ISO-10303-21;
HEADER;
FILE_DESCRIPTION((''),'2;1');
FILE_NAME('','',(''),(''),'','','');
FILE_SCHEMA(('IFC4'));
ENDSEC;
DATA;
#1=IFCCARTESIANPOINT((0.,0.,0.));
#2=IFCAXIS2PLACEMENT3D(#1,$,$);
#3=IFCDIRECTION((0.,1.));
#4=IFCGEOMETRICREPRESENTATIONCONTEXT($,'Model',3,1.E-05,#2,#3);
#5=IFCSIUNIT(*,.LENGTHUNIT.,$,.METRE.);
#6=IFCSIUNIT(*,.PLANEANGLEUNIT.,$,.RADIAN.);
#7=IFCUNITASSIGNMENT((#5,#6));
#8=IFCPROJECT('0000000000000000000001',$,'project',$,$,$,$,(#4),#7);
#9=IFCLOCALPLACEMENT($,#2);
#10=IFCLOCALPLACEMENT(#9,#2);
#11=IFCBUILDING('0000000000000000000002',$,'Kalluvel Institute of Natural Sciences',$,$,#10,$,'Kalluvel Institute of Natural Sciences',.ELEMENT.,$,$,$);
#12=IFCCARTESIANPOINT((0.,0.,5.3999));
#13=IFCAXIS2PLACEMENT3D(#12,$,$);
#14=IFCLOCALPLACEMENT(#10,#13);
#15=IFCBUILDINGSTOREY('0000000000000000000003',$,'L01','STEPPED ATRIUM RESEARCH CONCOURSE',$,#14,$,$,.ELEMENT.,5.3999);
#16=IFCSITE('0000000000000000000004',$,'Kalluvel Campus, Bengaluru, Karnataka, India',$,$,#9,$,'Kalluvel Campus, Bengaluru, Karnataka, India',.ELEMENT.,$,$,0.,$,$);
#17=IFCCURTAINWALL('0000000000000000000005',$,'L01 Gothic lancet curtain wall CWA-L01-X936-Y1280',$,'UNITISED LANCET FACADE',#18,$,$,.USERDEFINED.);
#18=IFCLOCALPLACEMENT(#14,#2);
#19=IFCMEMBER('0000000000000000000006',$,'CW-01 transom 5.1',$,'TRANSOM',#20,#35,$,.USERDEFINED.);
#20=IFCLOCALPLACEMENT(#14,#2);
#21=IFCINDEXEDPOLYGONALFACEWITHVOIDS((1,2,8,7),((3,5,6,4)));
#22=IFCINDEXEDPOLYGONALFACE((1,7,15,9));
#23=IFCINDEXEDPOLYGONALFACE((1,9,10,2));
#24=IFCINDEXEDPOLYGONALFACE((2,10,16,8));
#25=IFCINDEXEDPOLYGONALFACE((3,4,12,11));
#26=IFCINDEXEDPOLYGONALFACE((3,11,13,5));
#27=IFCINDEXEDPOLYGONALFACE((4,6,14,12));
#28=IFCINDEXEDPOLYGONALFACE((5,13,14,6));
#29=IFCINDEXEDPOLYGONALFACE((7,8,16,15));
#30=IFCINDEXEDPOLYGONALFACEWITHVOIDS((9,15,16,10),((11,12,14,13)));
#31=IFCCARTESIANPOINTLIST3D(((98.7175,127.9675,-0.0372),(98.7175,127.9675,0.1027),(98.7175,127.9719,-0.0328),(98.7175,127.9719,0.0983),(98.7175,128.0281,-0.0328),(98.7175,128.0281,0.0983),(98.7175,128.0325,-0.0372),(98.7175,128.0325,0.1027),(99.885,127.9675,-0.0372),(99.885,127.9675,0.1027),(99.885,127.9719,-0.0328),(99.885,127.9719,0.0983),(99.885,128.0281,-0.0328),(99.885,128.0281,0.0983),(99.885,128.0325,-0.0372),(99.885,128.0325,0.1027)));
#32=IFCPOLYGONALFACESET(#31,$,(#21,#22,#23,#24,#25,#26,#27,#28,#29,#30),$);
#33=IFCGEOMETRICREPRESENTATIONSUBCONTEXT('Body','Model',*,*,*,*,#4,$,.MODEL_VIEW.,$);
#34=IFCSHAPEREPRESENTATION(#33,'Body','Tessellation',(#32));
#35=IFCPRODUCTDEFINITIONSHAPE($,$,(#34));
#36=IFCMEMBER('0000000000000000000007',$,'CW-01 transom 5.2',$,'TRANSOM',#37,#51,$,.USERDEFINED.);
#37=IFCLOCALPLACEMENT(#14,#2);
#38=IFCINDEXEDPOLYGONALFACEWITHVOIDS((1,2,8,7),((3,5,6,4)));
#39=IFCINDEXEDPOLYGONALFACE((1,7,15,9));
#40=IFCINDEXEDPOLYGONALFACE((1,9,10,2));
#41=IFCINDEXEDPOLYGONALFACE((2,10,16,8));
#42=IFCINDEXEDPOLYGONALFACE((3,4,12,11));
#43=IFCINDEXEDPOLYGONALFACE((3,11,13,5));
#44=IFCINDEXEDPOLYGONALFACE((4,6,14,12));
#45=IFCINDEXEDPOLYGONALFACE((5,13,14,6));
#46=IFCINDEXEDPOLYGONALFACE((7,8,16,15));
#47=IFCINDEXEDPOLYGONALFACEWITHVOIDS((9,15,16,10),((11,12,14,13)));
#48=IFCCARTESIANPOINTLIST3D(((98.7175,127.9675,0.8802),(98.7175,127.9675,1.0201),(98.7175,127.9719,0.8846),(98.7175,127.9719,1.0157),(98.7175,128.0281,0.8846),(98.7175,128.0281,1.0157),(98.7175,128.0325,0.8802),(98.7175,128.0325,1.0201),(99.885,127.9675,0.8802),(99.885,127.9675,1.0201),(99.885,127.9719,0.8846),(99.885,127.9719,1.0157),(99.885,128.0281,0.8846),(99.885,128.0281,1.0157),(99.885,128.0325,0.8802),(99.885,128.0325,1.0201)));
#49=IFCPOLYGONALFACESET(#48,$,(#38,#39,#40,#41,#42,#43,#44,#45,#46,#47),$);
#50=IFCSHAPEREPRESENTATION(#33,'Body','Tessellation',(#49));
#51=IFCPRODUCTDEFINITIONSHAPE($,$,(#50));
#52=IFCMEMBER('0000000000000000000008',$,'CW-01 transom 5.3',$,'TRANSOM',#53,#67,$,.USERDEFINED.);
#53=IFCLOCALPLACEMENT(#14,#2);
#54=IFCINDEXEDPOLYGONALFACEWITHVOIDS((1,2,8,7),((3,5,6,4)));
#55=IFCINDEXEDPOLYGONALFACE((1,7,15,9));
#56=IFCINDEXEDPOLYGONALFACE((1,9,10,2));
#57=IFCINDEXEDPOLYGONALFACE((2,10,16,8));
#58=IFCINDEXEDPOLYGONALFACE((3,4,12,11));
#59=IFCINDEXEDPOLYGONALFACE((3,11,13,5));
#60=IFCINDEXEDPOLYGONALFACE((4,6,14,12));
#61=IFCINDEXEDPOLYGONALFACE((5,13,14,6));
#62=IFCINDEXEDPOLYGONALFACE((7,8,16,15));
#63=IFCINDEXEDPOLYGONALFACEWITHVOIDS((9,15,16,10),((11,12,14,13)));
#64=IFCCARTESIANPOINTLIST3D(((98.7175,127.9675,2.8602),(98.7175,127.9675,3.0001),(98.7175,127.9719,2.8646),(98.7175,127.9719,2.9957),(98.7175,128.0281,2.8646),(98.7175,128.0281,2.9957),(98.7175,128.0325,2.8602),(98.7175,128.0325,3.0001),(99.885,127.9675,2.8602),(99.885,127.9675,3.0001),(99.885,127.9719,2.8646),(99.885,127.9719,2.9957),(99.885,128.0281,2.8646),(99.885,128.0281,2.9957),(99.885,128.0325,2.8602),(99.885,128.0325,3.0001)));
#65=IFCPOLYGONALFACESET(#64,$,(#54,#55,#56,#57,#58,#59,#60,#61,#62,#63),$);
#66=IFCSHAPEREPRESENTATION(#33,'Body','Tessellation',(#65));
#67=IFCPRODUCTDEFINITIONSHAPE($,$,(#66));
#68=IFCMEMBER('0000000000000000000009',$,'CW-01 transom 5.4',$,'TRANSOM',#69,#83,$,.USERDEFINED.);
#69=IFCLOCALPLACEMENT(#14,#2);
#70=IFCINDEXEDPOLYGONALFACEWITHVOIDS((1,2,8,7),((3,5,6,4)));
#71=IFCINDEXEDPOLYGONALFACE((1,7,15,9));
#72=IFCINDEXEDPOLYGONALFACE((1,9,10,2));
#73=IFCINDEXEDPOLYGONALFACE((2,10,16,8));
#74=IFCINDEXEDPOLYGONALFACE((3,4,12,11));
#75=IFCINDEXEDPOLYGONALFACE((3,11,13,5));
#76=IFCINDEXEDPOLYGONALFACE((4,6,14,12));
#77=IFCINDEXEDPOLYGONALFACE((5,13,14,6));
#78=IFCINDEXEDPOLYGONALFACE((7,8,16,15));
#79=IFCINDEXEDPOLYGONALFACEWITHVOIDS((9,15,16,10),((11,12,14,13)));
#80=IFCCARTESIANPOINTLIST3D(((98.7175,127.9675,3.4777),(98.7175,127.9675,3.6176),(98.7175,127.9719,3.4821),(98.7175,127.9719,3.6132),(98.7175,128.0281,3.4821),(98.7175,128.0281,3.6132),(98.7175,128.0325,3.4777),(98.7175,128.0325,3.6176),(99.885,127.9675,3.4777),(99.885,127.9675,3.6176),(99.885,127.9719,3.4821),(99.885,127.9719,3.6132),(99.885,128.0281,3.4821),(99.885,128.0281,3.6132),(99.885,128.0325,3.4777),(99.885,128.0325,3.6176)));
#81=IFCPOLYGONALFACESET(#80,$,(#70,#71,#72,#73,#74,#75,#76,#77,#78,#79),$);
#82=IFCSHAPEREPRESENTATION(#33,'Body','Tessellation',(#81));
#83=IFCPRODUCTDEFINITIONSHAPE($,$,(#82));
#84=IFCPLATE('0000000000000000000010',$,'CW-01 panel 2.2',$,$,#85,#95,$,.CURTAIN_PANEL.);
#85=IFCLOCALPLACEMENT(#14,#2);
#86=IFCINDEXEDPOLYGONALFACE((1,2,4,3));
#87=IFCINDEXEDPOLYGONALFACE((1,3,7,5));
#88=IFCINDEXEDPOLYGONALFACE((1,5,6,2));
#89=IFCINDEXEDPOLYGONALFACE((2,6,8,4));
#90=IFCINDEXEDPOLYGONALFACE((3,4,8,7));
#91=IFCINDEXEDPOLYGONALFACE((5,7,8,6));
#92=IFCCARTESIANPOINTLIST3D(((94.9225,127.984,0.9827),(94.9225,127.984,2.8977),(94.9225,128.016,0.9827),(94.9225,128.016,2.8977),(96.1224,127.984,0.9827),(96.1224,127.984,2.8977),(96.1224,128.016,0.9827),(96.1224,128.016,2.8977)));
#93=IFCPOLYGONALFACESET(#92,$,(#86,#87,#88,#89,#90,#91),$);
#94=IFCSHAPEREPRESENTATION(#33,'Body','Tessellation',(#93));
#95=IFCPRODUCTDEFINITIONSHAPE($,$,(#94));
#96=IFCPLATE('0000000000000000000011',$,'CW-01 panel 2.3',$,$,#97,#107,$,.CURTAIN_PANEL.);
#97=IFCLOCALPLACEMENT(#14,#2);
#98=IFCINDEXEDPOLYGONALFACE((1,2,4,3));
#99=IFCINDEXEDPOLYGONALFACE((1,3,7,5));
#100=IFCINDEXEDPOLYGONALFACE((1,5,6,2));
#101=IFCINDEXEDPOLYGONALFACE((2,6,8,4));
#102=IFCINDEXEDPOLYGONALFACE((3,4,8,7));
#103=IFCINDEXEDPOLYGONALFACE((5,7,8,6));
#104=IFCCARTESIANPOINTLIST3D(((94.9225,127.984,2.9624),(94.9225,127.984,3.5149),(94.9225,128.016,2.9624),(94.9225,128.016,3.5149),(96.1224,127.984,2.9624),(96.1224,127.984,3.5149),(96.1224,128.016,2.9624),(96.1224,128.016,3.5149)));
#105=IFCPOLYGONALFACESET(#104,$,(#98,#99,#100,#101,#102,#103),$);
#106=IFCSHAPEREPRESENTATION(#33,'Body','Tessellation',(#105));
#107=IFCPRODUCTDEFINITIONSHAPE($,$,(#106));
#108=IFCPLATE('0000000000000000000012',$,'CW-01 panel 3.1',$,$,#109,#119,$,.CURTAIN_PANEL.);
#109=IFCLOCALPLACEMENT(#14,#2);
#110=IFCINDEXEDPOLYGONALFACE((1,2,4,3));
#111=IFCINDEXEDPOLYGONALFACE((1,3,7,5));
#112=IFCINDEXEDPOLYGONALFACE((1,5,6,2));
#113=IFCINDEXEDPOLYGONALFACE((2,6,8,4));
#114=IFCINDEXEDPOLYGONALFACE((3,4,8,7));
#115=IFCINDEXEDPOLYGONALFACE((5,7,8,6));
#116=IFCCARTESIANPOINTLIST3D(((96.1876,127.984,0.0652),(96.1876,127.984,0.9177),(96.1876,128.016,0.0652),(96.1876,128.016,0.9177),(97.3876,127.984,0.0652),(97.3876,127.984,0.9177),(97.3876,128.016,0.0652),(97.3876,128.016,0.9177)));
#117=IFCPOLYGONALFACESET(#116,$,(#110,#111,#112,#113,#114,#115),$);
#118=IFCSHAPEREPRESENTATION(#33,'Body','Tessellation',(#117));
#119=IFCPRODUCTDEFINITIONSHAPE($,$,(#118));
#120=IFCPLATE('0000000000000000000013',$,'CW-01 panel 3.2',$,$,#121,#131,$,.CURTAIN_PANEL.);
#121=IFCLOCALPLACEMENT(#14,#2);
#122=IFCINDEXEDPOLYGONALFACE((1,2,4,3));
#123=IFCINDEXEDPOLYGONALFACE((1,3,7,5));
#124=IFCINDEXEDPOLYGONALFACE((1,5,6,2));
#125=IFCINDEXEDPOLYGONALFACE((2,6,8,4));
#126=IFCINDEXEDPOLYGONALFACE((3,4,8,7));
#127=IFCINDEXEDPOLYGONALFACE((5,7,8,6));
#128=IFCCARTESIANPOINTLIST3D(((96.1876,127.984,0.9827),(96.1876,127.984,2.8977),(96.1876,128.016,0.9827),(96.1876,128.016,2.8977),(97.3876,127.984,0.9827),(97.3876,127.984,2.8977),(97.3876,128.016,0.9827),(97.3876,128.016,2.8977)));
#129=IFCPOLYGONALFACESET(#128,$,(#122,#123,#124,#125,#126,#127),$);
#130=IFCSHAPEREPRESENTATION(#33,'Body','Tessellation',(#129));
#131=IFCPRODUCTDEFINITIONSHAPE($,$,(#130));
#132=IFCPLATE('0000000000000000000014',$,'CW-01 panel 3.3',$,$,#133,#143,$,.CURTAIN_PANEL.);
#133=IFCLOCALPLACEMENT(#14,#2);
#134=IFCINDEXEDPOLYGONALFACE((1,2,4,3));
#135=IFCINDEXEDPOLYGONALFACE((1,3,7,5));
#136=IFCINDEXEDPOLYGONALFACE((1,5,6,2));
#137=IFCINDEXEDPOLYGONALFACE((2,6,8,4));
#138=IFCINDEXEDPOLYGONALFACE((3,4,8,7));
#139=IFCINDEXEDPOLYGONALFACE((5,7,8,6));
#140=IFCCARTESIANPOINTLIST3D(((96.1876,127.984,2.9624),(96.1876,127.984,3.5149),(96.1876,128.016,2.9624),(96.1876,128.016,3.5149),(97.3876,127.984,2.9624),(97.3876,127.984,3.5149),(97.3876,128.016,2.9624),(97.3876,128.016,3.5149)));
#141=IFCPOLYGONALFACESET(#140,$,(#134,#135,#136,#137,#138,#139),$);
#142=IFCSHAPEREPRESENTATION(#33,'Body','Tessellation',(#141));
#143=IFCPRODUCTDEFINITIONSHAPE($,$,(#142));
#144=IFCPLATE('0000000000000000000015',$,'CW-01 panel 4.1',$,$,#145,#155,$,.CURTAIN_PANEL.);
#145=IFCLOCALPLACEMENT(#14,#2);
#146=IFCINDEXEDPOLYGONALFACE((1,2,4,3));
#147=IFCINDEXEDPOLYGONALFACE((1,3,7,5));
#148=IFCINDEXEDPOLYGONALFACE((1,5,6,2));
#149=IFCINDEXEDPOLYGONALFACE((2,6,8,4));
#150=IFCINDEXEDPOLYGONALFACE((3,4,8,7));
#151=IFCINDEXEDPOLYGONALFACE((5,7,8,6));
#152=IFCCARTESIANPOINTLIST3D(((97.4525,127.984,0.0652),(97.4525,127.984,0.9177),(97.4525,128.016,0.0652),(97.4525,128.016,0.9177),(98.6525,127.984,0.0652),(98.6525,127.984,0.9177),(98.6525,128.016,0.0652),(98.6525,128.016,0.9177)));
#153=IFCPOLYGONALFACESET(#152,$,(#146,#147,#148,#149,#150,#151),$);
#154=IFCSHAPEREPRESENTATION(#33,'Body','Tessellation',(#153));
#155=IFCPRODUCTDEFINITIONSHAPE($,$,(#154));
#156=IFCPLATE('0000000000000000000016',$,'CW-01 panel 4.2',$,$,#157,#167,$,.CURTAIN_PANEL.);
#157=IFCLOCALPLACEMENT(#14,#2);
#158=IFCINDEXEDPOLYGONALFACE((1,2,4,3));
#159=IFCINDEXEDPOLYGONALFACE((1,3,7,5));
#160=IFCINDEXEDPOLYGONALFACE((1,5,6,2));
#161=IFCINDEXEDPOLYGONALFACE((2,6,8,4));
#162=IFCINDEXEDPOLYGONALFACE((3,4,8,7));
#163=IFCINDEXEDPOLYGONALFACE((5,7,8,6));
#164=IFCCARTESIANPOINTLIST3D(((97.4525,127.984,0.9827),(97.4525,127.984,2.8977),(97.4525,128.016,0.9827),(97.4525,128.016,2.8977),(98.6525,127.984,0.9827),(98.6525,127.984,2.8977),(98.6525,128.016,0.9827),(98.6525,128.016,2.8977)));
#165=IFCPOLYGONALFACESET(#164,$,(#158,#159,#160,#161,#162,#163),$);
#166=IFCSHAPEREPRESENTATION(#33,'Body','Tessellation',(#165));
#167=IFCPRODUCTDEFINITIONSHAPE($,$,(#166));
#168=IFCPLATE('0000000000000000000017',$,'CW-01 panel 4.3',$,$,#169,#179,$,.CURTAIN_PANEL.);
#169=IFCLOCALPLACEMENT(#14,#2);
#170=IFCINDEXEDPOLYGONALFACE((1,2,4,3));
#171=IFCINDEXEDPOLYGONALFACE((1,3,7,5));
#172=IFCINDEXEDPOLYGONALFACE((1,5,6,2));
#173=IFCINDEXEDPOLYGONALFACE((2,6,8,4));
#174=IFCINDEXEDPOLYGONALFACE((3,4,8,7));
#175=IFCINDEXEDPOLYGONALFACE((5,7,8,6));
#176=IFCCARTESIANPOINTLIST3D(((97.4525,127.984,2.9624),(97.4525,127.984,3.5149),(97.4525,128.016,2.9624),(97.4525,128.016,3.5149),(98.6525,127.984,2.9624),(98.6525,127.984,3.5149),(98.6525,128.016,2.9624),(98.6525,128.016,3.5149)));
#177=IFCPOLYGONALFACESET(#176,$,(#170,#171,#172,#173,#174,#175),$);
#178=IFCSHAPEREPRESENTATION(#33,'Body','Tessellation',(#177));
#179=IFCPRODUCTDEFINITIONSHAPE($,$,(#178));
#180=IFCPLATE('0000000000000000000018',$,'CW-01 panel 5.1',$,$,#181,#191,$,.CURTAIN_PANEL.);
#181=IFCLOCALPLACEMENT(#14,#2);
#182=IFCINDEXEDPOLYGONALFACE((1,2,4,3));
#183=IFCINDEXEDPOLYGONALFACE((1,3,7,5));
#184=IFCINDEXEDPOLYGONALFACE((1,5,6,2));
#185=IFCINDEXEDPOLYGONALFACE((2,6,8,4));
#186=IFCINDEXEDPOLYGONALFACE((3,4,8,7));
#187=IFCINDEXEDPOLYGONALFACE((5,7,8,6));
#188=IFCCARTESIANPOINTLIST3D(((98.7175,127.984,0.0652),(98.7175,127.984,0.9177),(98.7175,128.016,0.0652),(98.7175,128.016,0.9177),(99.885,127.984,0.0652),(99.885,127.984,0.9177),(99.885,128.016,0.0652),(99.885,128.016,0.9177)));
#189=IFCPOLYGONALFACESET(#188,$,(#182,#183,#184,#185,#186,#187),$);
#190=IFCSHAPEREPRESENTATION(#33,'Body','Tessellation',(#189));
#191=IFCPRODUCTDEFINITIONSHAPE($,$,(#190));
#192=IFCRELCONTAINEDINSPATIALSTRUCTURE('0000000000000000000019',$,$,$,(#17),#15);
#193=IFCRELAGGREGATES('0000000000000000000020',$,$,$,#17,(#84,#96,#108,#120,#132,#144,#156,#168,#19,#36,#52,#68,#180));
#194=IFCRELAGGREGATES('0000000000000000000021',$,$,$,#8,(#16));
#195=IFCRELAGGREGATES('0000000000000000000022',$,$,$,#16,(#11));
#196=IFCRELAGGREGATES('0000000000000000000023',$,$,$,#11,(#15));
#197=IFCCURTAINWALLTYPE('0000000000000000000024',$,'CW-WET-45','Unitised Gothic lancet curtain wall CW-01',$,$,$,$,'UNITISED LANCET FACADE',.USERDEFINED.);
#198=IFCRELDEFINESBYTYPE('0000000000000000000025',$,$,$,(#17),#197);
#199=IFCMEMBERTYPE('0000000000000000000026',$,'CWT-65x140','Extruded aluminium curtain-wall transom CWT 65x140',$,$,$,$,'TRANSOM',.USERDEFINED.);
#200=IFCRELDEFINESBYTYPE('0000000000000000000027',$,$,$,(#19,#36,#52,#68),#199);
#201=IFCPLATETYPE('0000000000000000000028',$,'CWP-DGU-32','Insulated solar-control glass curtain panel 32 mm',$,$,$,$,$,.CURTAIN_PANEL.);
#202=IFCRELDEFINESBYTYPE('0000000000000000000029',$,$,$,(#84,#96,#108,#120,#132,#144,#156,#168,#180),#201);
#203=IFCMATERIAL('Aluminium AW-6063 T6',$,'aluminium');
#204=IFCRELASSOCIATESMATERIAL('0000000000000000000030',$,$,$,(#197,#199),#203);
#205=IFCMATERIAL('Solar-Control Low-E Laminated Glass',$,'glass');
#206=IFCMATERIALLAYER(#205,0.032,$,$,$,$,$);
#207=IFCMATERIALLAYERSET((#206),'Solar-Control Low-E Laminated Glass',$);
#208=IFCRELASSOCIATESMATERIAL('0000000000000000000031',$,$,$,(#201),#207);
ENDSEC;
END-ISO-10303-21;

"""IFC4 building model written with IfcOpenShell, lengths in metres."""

from ifc_helpers import new_model, si_unit, direction, frame, origin, origin_2d, place, context, subcontext, project, spatial, rectangle, hollow_rectangle, extrude, material, layer, layer_set, material_profile, profile_set, type_object, element, aggregate, save


model = new_model("IFC4")

# Units and contexts
model_context = context("Model", 3, precision=1e-05, world=origin(), true_north=direction((0.0, 1.0)))
body_context = subcontext(model_context, "Body", "Model", "MODEL_VIEW")
ifc_project = project(units=[si_unit("LENGTHUNIT", "METRE"), si_unit("PLANEANGLEUNIT", "RADIAN")], contexts=[model_context])

# Site, building, storey
site_placement = place(None, origin())
site = spatial("IfcSite", under=ifc_project, at=site_placement, Name="Kalluvel Campus, Bengaluru, Karnataka, India", LongName="Kalluvel Campus, Bengaluru, Karnataka, India", CompositionType="ELEMENT", RefElevation=0.0)
building_placement = place(site_placement, origin())
building = spatial("IfcBuilding", under=site, at=building_placement, Name="Kalluvel Institute of Natural Sciences", LongName="Kalluvel Institute of Natural Sciences", CompositionType="ELEMENT")
storey_placement = place(building_placement, frame((0.0, 0.0, 5.3999)))
storey = spatial("IfcBuildingStorey", under=building, at=storey_placement, Name="L01", Description="STEPPED ATRIUM RESEARCH CONCOURSE", CompositionType="ELEMENT", Elevation=5.3999)

# Curtain wall, members, plates
ifc_material_1 = material(Name="Aluminium AW-6063 T6", Category="aluminium")
curtain_wall_type = type_object("IfcCurtainWallType", Name="CW-WET-45", Description="Unitised Gothic lancet curtain wall CW-01", ElementType="UNITISED LANCET FACADE", PredefinedType="USERDEFINED", material=ifc_material_1)
curtain_wall_placement = place(storey_placement, origin())
curtain_wall = element("IfcCurtainWall", 1, at=curtain_wall_placement, inside=storey, type_object=curtain_wall_type, Name="L01 Gothic lancet curtain wall CWA-L01-X936-Y1280", ObjectType="UNITISED LANCET FACADE", PredefinedType="USERDEFINED")
ifc_material_profile_1 = material_profile(ifc_material_1, hollow_rectangle(XDim=0.0649, YDim=0.1399, WallThickness=0.0044, at=origin_2d()), Name="CWT 65x140")
ifc_profile_set_1 = profile_set([ifc_material_profile_1], Name="Aluminium AW-6063 T6")
member_type_1 = type_object("IfcMemberType", Name="CWT-65x140", Description="Extruded aluminium curtain-wall transom CWT 65x140", ElementType="TRANSOM", PredefinedType="USERDEFINED", material=ifc_profile_set_1)
member_1_placement = place(storey_placement, frame((98.7175, 128.0, 0.0327), z_axis=(1.0, 0.0, 0.0), x_axis=(0.0, 1.0, 0.0)))
member_1 = element("IfcMember", 2, at=member_1_placement, type_object=member_type_1, Name="CW-01 transom 5.1", ObjectType="TRANSOM", PredefinedType="USERDEFINED", context=body_context, shape_type="SweptSolid", body=[
    extrude(hollow_rectangle(XDim=0.0649, YDim=0.1399, WallThickness=0.0044, at=origin_2d()), origin(), (0.0, 0.0, 1.0), 1.1675),
])
member_2_placement = place(storey_placement, frame((98.7175, 128.0, 0.9502), z_axis=(1.0, 0.0, 0.0), x_axis=(0.0, 1.0, 0.0)))
member_2 = element("IfcMember", 3, at=member_2_placement, type_object=member_type_1, Name="CW-01 transom 5.2", ObjectType="TRANSOM", PredefinedType="USERDEFINED", context=body_context, shape_type="SweptSolid", body=[
    extrude(hollow_rectangle(XDim=0.0649, YDim=0.1399, WallThickness=0.0044, at=origin_2d()), origin(), (0.0, 0.0, 1.0), 1.1675),
])
member_3_placement = place(storey_placement, frame((98.7175, 128.0, 2.9302), z_axis=(1.0, 0.0, 0.0), x_axis=(0.0, 1.0, 0.0)))
member_3 = element("IfcMember", 4, at=member_3_placement, type_object=member_type_1, Name="CW-01 transom 5.3", ObjectType="TRANSOM", PredefinedType="USERDEFINED", context=body_context, shape_type="SweptSolid", body=[
    extrude(hollow_rectangle(XDim=0.0649, YDim=0.1399, WallThickness=0.0044, at=origin_2d()), origin(), (0.0, 0.0, 1.0), 1.1675),
])
member_4_placement = place(storey_placement, frame((98.7175, 128.0, 3.5476), z_axis=(1.0, 0.0, 0.0), x_axis=(0.0, 1.0, 0.0)))
member_4 = element("IfcMember", 5, at=member_4_placement, type_object=member_type_1, Name="CW-01 transom 5.4", ObjectType="TRANSOM", PredefinedType="USERDEFINED", context=body_context, shape_type="SweptSolid", body=[
    extrude(hollow_rectangle(XDim=0.0649, YDim=0.1399, WallThickness=0.0044, at=origin_2d()), origin(), (0.0, 0.0, 1.0), 1.1675),
])
ifc_material_2 = material(Name="Solar-Control Low-E Laminated Glass", Category="glass")
ifc_layer = layer(ifc_material_2, 0.032)
ifc_layer_set = layer_set([ifc_layer], Name="Solar-Control Low-E Laminated Glass")
plate_type = type_object("IfcPlateType", Name="CWP-DGU-32", Description="Insulated solar-control glass curtain panel 32 mm", PredefinedType="CURTAIN_PANEL", material=ifc_layer_set)
plate_1_placement = place(storey_placement, frame((95.5225, 128.0, 0.9827), z_axis=(0.0, 0.0, 1.0), x_axis=(1.0, 0.0, 0.0)))
plate_1 = element("IfcPlate", 6, at=plate_1_placement, type_object=plate_type, Name="CW-01 panel 2.2", PredefinedType="CURTAIN_PANEL", context=body_context, shape_type="SweptSolid", body=[
    extrude(rectangle(XDim=1.2, YDim=0.032, at=origin_2d()), origin(), (0.0, 0.0, 1.0), 1.915),
])
plate_2_placement = place(storey_placement, frame((95.5225, 128.0, 2.9624), z_axis=(0.0, 0.0, 1.0), x_axis=(1.0, 0.0, 0.0)))
plate_2 = element("IfcPlate", 7, at=plate_2_placement, type_object=plate_type, Name="CW-01 panel 2.3", PredefinedType="CURTAIN_PANEL", context=body_context, shape_type="SweptSolid", body=[
    extrude(rectangle(XDim=1.2, YDim=0.032, at=origin_2d()), origin(), (0.0, 0.0, 1.0), 0.5525),
])
plate_3_placement = place(storey_placement, frame((96.7876, 128.0, 0.0652), z_axis=(0.0, 0.0, 1.0), x_axis=(1.0, 0.0, 0.0)))
plate_3 = element("IfcPlate", 8, at=plate_3_placement, type_object=plate_type, Name="CW-01 panel 3.1", PredefinedType="CURTAIN_PANEL", context=body_context, shape_type="SweptSolid", body=[
    extrude(rectangle(XDim=1.2, YDim=0.032, at=origin_2d()), origin(), (0.0, 0.0, 1.0), 0.8525),
])
plate_4_placement = place(storey_placement, frame((96.7876, 128.0, 0.9827), z_axis=(0.0, 0.0, 1.0), x_axis=(1.0, 0.0, 0.0)))
plate_4 = element("IfcPlate", 9, at=plate_4_placement, type_object=plate_type, Name="CW-01 panel 3.2", PredefinedType="CURTAIN_PANEL", context=body_context, shape_type="SweptSolid", body=[
    extrude(rectangle(XDim=1.2, YDim=0.032, at=origin_2d()), origin(), (0.0, 0.0, 1.0), 1.915),
])
plate_5_placement = place(storey_placement, frame((96.7876, 128.0, 2.9624), z_axis=(0.0, 0.0, 1.0), x_axis=(1.0, 0.0, 0.0)))
plate_5 = element("IfcPlate", 10, at=plate_5_placement, type_object=plate_type, Name="CW-01 panel 3.3", PredefinedType="CURTAIN_PANEL", context=body_context, shape_type="SweptSolid", body=[
    extrude(rectangle(XDim=1.2, YDim=0.032, at=origin_2d()), origin(), (0.0, 0.0, 1.0), 0.5525),
])
plate_6_placement = place(storey_placement, frame((98.0525, 128.0, 0.0652), z_axis=(0.0, 0.0, 1.0), x_axis=(1.0, 0.0, 0.0)))
plate_6 = element("IfcPlate", 11, at=plate_6_placement, type_object=plate_type, Name="CW-01 panel 4.1", PredefinedType="CURTAIN_PANEL", context=body_context, shape_type="SweptSolid", body=[
    extrude(rectangle(XDim=1.2, YDim=0.032, at=origin_2d()), origin(), (0.0, 0.0, 1.0), 0.8525),
])
plate_7_placement = place(storey_placement, frame((98.0525, 128.0, 0.9827), z_axis=(0.0, 0.0, 1.0), x_axis=(1.0, 0.0, 0.0)))
plate_7 = element("IfcPlate", 12, at=plate_7_placement, type_object=plate_type, Name="CW-01 panel 4.2", PredefinedType="CURTAIN_PANEL", context=body_context, shape_type="SweptSolid", body=[
    extrude(rectangle(XDim=1.2, YDim=0.032, at=origin_2d()), origin(), (0.0, 0.0, 1.0), 1.915),
])
plate_8_placement = place(storey_placement, frame((98.0525, 128.0, 2.9624), z_axis=(0.0, 0.0, 1.0), x_axis=(1.0, 0.0, 0.0)))
plate_8 = element("IfcPlate", 13, at=plate_8_placement, type_object=plate_type, Name="CW-01 panel 4.3", PredefinedType="CURTAIN_PANEL", context=body_context, shape_type="SweptSolid", body=[
    extrude(rectangle(XDim=1.2, YDim=0.032, at=origin_2d()), origin(), (0.0, 0.0, 1.0), 0.5525),
])
plate_9_placement = place(storey_placement, frame((99.3013, 128.0, 0.0652), z_axis=(0.0, 0.0, 1.0), x_axis=(1.0, 0.0, 0.0)))
plate_9 = element("IfcPlate", 14, at=plate_9_placement, type_object=plate_type, Name="CW-01 panel 5.1", PredefinedType="CURTAIN_PANEL", context=body_context, shape_type="SweptSolid", body=[
    extrude(rectangle(XDim=1.1675, YDim=0.032, at=origin_2d()), origin(), (0.0, 0.0, 1.0), 0.8525),
])
aggregate(curtain_wall, [plate_1, plate_2, plate_3, plate_4, plate_5, plate_6, plate_7, plate_8, member_1, member_2, member_3, member_4, plate_9])

save(model, "model.ifc")
